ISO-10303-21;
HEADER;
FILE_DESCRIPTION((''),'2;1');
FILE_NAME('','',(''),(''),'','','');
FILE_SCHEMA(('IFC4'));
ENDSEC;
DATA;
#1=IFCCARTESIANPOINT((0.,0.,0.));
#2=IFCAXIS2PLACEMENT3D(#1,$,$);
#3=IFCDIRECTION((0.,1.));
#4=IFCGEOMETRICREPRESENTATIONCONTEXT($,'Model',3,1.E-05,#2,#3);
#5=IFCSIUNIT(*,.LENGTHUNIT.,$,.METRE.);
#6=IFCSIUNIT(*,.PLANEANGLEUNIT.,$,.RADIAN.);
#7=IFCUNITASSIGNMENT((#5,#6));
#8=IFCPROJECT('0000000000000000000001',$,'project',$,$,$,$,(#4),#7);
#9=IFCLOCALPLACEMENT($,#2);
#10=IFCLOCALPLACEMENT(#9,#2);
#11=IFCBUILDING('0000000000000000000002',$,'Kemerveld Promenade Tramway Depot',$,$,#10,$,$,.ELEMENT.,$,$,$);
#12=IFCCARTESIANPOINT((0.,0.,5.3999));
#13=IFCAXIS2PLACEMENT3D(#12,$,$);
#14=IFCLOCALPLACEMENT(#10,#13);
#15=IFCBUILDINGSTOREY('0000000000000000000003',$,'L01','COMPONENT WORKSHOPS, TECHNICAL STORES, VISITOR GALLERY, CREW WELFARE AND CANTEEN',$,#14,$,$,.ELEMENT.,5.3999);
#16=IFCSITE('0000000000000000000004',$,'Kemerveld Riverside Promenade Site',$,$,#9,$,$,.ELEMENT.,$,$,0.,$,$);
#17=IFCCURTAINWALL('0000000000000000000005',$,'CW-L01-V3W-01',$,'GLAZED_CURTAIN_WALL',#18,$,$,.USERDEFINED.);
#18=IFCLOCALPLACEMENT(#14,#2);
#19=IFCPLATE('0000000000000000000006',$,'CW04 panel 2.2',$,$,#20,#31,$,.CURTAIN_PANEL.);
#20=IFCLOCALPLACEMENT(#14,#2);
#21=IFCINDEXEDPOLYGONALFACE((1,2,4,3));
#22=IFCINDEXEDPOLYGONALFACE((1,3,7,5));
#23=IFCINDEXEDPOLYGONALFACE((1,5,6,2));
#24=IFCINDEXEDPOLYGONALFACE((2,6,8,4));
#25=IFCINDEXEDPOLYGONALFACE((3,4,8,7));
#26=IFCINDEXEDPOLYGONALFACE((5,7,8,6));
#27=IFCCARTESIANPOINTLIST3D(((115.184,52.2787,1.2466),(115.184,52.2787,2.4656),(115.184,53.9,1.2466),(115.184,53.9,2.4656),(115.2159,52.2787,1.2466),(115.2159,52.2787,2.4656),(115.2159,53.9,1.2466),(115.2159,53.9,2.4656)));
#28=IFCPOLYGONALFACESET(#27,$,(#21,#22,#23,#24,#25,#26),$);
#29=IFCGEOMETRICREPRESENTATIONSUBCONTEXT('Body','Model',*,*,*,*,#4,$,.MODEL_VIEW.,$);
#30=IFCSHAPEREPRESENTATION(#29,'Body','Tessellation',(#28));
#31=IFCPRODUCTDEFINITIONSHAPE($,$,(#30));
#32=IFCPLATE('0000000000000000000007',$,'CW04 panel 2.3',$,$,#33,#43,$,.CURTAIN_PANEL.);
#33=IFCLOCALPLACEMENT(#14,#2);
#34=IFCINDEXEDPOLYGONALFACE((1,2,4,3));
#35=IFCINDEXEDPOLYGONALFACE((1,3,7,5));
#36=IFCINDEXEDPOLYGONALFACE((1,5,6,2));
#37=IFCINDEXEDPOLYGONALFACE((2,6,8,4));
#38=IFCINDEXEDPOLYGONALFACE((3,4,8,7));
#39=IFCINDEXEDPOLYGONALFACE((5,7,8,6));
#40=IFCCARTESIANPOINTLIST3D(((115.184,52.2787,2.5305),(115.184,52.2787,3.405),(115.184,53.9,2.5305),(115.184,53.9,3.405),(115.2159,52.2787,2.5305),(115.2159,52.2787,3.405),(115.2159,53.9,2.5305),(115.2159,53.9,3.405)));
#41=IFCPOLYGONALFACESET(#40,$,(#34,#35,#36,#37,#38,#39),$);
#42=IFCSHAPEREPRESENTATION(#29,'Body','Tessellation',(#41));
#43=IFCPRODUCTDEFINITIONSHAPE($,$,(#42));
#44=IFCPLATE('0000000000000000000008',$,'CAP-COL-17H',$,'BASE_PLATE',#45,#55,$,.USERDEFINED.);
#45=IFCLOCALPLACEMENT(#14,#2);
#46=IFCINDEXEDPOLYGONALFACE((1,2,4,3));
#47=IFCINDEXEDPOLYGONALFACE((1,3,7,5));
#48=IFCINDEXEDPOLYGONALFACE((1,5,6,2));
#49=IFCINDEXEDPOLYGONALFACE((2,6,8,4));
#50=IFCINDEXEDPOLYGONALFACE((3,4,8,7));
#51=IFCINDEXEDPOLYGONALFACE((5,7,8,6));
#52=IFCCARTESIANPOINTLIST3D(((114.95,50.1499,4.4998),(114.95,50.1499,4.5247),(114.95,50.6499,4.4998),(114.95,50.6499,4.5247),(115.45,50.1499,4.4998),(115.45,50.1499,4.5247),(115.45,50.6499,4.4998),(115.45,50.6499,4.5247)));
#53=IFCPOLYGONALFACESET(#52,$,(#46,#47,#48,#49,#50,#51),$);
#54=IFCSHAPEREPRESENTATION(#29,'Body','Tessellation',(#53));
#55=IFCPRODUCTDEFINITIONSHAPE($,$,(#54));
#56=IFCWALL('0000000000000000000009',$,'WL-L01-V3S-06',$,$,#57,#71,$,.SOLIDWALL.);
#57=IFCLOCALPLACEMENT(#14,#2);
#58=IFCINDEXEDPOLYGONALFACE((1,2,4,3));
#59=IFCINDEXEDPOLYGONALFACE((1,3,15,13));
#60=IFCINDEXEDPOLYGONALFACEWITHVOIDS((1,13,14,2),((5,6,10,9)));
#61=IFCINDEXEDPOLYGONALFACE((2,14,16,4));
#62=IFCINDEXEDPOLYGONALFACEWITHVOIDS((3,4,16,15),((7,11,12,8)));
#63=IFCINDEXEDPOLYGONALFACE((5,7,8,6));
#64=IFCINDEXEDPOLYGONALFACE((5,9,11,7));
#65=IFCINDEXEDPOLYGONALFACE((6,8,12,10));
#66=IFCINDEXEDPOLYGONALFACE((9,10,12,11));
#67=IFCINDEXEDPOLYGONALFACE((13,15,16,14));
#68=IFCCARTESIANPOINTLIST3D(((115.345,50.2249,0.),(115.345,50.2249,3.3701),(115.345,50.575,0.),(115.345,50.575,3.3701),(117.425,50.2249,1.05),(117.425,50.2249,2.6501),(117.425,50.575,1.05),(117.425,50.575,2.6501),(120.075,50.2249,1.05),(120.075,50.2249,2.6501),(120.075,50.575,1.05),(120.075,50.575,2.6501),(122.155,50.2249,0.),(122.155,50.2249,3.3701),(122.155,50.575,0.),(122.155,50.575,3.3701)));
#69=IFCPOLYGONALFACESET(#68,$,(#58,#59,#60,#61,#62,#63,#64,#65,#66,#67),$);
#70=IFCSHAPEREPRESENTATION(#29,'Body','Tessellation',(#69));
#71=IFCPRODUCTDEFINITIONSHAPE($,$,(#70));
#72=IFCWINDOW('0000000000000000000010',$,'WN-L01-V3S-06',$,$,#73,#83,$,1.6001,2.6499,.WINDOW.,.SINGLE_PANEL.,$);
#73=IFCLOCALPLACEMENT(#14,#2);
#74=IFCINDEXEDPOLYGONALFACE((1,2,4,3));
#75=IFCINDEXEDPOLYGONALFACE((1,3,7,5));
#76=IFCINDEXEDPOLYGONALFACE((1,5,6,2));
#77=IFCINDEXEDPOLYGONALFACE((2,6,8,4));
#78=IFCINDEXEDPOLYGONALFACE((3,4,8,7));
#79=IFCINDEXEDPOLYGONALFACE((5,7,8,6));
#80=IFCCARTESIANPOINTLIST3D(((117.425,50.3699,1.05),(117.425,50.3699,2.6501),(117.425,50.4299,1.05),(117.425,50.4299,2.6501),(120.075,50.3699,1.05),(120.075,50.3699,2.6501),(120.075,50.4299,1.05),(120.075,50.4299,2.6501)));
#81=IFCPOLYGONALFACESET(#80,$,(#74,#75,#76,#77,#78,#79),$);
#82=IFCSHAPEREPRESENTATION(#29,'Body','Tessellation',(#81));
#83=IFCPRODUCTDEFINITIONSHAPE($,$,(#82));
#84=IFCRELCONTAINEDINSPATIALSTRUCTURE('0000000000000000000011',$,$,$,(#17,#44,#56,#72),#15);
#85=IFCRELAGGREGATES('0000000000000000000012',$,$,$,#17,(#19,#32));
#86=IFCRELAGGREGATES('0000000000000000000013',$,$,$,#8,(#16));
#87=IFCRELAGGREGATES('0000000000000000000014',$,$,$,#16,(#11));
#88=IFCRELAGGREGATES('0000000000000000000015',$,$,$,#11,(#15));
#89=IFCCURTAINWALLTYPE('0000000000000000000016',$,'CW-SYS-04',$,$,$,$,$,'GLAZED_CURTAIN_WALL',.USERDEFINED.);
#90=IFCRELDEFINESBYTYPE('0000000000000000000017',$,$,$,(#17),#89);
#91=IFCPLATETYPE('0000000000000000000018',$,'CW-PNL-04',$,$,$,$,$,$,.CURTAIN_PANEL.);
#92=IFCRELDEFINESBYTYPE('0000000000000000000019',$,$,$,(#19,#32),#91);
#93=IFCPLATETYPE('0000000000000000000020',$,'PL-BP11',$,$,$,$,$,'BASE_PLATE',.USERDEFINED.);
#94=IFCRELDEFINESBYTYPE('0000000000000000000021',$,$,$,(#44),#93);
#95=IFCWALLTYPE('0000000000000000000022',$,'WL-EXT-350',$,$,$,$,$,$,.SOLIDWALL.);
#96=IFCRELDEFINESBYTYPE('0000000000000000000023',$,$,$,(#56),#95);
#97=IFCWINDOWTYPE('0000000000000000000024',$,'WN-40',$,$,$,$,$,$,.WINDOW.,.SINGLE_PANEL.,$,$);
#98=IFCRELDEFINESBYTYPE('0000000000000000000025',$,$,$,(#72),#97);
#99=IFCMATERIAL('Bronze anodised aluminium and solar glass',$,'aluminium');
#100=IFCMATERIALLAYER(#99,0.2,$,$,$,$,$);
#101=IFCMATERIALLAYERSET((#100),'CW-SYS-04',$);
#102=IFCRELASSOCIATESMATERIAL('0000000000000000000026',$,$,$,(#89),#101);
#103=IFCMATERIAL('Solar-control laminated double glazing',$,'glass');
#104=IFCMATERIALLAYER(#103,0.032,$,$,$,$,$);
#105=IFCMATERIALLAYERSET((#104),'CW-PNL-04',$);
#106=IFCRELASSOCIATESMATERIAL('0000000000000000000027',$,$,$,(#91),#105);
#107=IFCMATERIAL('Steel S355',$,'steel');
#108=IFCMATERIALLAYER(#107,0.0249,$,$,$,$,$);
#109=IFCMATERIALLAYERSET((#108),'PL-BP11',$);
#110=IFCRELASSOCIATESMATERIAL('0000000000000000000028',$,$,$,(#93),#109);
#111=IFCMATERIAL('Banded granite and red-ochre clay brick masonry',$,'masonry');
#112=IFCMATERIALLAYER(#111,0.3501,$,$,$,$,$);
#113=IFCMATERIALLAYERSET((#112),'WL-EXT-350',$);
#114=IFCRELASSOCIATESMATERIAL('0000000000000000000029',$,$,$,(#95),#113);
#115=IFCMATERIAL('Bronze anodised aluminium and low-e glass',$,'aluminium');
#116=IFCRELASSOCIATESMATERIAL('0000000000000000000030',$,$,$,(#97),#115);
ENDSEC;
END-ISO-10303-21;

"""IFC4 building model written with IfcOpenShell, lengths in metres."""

from ifc_helpers import new_model, si_unit, direction, frame, frame_2d, origin, origin_2d, place, context, subcontext, project, spatial, rectangle, extrude, material, layer, layer_set, type_object, element, fill, aggregate, save


model = new_model("IFC4")

# Units and contexts
model_context = context("Model", 3, precision=1e-05, world=origin(), true_north=direction((0.0, 1.0)))
body_context = subcontext(model_context, "Body", "Model", "MODEL_VIEW")
ifc_project = project(units=[si_unit("LENGTHUNIT", "METRE"), si_unit("PLANEANGLEUNIT", "RADIAN")], contexts=[model_context])

# Site, building, storey
site_placement = place(None, origin())
site = spatial("IfcSite", under=ifc_project, at=site_placement, Name="Kemerveld Riverside Promenade Site", CompositionType="ELEMENT", RefElevation=0.0)
building_placement = place(site_placement, origin())
building = spatial("IfcBuilding", under=site, at=building_placement, Name="Kemerveld Promenade Tramway Depot", CompositionType="ELEMENT")
storey_placement = place(building_placement, frame((0.0, 0.0, 5.3999)))
storey = spatial("IfcBuildingStorey", under=building, at=storey_placement, Name="L01", Description="COMPONENT WORKSHOPS, TECHNICAL STORES, VISITOR GALLERY, CREW WELFARE AND CANTEEN", CompositionType="ELEMENT", Elevation=5.3999)

# Shared definitions
ifc_material_1 = material(Name="Steel S355", Category="steel")

# Curtain wall, plates
ifc_material_2 = material(Name="Bronze anodised aluminium and solar glass", Category="aluminium")
ifc_layer_1 = layer(ifc_material_2, 0.2)
ifc_layer_set_1 = layer_set([ifc_layer_1], Name="CW-SYS-04")
curtain_wall_type = type_object("IfcCurtainWallType", Name="CW-SYS-04", ElementType="GLAZED_CURTAIN_WALL", PredefinedType="USERDEFINED", material=ifc_layer_set_1)
curtain_wall_placement = place(storey_placement, origin())
curtain_wall = element("IfcCurtainWall", 1, at=curtain_wall_placement, inside=storey, type_object=curtain_wall_type, Name="CW-L01-V3W-01", ObjectType="GLAZED_CURTAIN_WALL", PredefinedType="USERDEFINED")
ifc_material_3 = material(Name="Solar-control laminated double glazing", Category="glass")
ifc_layer_2 = layer(ifc_material_3, 0.032)
ifc_layer_set_2 = layer_set([ifc_layer_2], Name="CW-PNL-04")
plate_type_1 = type_object("IfcPlateType", Name="CW-PNL-04", PredefinedType="CURTAIN_PANEL", material=ifc_layer_set_2)
plate_1_placement = place(storey_placement, frame((115.2, 53.0894, 1.2466), z_axis=(0.0, 0.0, 1.0), x_axis=(0.0, 1.0, 0.0)))
plate_1 = element("IfcPlate", 2, at=plate_1_placement, type_object=plate_type_1, Name="CW04 panel 2.2", PredefinedType="CURTAIN_PANEL", context=body_context, shape_type="SweptSolid", body=[
    extrude(rectangle(XDim=1.6213, YDim=0.032, at=origin_2d()), origin(), (0.0, 0.0, 1.0), 1.219),
])
plate_2_placement = place(storey_placement, frame((115.2, 53.0894, 2.5305), z_axis=(0.0, 0.0, 1.0), x_axis=(0.0, 1.0, 0.0)))
plate_2 = element("IfcPlate", 3, at=plate_2_placement, type_object=plate_type_1, Name="CW04 panel 2.3", PredefinedType="CURTAIN_PANEL", context=body_context, shape_type="SweptSolid", body=[
    extrude(rectangle(XDim=1.6213, YDim=0.032, at=origin_2d()), origin(), (0.0, 0.0, 1.0), 0.8745),
])
aggregate(curtain_wall, [plate_1, plate_2])

# Plate
ifc_layer_3 = layer(ifc_material_1, 0.0249)
ifc_layer_set_3 = layer_set([ifc_layer_3], Name="PL-BP11")
plate_type_2 = type_object("IfcPlateType", Name="PL-BP11", ElementType="BASE_PLATE", PredefinedType="USERDEFINED", material=ifc_layer_set_3)
plate_3_placement = place(storey_placement, frame((115.2, 50.3999, 4.4998), z_axis=(0.0, 0.0, 1.0), x_axis=(1.0, 0.0, 0.0)))
element("IfcPlate", 4, at=plate_3_placement, inside=storey, type_object=plate_type_2, Name="CAP-COL-17H", ObjectType="BASE_PLATE", PredefinedType="USERDEFINED", context=body_context, shape_type="SweptSolid", body=[
    extrude(rectangle(XDim=0.5, YDim=0.5, at=origin_2d()), origin(), (0.0, 0.0, 1.0), 0.0249),
])

# Wall, opening, window
ifc_material_4 = material(Name="Banded granite and red-ochre clay brick masonry", Category="masonry")
ifc_layer_4 = layer(ifc_material_4, 0.3501)
ifc_layer_set_4 = layer_set([ifc_layer_4], Name="WL-EXT-350")
wall_type = type_object("IfcWallType", Name="WL-EXT-350", PredefinedType="SOLIDWALL", material=ifc_layer_set_4)
wall_placement = place(storey_placement, frame((122.155, 50.3999, 0.0), z_axis=(0.0, 0.0, 1.0), x_axis=(-1.0, 0.0, 0.0)))
wall = element("IfcWall", 5, at=wall_placement, inside=storey, type_object=wall_type, Name="WL-L01-V3S-06", PredefinedType="SOLIDWALL", context=body_context, shape_type="SweptSolid", body=[
    extrude(rectangle(XDim=6.8101, YDim=0.3501, at=frame_2d((3.405, 0.0))), origin(), (0.0, 0.0, 1.0), 3.3701),
])
opening_placement = place(wall_placement, frame((2.0801, 0.0, 1.05)))
opening = element("IfcOpeningElement", 6, at=opening_placement, cuts=wall, PredefinedType="OPENING", context=body_context, shape_type="SweptSolid", body=[
    extrude(rectangle(XDim=2.6499, YDim=1.6001, at=frame_2d((1.325, 0.8))), frame((0.0, 0.1851, 0.0), z_axis=(0.0, -1.0, 0.0), x_axis=(1.0, 0.0, 0.0)), (0.0, 0.0, 1.0), 0.3701),
])
ifc_material_5 = material(Name="Bronze anodised aluminium and low-e glass", Category="aluminium")
window_type = type_object("IfcWindowType", Name="WN-40", PartitioningType="SINGLE_PANEL", PredefinedType="WINDOW", material=ifc_material_5)
window_placement = place(opening_placement, origin())
window = element("IfcWindow", 7, at=window_placement, inside=storey, type_object=window_type, Name="WN-L01-V3S-06", OverallHeight=1.6001, OverallWidth=2.6499, PartitioningType="SINGLE_PANEL", PredefinedType="WINDOW", context=body_context, shape_type="SweptSolid", body=[
    extrude(rectangle(XDim=2.6499, YDim=1.6001, at=frame_2d((1.325, 0.8))), frame((0.0, 0.03, 0.0), z_axis=(0.0, -1.0, 0.0), x_axis=(1.0, 0.0, 0.0)), (0.0, 0.0, 1.0), 0.0601),
])
fill(opening, window)

save(model, "model.ifc")
